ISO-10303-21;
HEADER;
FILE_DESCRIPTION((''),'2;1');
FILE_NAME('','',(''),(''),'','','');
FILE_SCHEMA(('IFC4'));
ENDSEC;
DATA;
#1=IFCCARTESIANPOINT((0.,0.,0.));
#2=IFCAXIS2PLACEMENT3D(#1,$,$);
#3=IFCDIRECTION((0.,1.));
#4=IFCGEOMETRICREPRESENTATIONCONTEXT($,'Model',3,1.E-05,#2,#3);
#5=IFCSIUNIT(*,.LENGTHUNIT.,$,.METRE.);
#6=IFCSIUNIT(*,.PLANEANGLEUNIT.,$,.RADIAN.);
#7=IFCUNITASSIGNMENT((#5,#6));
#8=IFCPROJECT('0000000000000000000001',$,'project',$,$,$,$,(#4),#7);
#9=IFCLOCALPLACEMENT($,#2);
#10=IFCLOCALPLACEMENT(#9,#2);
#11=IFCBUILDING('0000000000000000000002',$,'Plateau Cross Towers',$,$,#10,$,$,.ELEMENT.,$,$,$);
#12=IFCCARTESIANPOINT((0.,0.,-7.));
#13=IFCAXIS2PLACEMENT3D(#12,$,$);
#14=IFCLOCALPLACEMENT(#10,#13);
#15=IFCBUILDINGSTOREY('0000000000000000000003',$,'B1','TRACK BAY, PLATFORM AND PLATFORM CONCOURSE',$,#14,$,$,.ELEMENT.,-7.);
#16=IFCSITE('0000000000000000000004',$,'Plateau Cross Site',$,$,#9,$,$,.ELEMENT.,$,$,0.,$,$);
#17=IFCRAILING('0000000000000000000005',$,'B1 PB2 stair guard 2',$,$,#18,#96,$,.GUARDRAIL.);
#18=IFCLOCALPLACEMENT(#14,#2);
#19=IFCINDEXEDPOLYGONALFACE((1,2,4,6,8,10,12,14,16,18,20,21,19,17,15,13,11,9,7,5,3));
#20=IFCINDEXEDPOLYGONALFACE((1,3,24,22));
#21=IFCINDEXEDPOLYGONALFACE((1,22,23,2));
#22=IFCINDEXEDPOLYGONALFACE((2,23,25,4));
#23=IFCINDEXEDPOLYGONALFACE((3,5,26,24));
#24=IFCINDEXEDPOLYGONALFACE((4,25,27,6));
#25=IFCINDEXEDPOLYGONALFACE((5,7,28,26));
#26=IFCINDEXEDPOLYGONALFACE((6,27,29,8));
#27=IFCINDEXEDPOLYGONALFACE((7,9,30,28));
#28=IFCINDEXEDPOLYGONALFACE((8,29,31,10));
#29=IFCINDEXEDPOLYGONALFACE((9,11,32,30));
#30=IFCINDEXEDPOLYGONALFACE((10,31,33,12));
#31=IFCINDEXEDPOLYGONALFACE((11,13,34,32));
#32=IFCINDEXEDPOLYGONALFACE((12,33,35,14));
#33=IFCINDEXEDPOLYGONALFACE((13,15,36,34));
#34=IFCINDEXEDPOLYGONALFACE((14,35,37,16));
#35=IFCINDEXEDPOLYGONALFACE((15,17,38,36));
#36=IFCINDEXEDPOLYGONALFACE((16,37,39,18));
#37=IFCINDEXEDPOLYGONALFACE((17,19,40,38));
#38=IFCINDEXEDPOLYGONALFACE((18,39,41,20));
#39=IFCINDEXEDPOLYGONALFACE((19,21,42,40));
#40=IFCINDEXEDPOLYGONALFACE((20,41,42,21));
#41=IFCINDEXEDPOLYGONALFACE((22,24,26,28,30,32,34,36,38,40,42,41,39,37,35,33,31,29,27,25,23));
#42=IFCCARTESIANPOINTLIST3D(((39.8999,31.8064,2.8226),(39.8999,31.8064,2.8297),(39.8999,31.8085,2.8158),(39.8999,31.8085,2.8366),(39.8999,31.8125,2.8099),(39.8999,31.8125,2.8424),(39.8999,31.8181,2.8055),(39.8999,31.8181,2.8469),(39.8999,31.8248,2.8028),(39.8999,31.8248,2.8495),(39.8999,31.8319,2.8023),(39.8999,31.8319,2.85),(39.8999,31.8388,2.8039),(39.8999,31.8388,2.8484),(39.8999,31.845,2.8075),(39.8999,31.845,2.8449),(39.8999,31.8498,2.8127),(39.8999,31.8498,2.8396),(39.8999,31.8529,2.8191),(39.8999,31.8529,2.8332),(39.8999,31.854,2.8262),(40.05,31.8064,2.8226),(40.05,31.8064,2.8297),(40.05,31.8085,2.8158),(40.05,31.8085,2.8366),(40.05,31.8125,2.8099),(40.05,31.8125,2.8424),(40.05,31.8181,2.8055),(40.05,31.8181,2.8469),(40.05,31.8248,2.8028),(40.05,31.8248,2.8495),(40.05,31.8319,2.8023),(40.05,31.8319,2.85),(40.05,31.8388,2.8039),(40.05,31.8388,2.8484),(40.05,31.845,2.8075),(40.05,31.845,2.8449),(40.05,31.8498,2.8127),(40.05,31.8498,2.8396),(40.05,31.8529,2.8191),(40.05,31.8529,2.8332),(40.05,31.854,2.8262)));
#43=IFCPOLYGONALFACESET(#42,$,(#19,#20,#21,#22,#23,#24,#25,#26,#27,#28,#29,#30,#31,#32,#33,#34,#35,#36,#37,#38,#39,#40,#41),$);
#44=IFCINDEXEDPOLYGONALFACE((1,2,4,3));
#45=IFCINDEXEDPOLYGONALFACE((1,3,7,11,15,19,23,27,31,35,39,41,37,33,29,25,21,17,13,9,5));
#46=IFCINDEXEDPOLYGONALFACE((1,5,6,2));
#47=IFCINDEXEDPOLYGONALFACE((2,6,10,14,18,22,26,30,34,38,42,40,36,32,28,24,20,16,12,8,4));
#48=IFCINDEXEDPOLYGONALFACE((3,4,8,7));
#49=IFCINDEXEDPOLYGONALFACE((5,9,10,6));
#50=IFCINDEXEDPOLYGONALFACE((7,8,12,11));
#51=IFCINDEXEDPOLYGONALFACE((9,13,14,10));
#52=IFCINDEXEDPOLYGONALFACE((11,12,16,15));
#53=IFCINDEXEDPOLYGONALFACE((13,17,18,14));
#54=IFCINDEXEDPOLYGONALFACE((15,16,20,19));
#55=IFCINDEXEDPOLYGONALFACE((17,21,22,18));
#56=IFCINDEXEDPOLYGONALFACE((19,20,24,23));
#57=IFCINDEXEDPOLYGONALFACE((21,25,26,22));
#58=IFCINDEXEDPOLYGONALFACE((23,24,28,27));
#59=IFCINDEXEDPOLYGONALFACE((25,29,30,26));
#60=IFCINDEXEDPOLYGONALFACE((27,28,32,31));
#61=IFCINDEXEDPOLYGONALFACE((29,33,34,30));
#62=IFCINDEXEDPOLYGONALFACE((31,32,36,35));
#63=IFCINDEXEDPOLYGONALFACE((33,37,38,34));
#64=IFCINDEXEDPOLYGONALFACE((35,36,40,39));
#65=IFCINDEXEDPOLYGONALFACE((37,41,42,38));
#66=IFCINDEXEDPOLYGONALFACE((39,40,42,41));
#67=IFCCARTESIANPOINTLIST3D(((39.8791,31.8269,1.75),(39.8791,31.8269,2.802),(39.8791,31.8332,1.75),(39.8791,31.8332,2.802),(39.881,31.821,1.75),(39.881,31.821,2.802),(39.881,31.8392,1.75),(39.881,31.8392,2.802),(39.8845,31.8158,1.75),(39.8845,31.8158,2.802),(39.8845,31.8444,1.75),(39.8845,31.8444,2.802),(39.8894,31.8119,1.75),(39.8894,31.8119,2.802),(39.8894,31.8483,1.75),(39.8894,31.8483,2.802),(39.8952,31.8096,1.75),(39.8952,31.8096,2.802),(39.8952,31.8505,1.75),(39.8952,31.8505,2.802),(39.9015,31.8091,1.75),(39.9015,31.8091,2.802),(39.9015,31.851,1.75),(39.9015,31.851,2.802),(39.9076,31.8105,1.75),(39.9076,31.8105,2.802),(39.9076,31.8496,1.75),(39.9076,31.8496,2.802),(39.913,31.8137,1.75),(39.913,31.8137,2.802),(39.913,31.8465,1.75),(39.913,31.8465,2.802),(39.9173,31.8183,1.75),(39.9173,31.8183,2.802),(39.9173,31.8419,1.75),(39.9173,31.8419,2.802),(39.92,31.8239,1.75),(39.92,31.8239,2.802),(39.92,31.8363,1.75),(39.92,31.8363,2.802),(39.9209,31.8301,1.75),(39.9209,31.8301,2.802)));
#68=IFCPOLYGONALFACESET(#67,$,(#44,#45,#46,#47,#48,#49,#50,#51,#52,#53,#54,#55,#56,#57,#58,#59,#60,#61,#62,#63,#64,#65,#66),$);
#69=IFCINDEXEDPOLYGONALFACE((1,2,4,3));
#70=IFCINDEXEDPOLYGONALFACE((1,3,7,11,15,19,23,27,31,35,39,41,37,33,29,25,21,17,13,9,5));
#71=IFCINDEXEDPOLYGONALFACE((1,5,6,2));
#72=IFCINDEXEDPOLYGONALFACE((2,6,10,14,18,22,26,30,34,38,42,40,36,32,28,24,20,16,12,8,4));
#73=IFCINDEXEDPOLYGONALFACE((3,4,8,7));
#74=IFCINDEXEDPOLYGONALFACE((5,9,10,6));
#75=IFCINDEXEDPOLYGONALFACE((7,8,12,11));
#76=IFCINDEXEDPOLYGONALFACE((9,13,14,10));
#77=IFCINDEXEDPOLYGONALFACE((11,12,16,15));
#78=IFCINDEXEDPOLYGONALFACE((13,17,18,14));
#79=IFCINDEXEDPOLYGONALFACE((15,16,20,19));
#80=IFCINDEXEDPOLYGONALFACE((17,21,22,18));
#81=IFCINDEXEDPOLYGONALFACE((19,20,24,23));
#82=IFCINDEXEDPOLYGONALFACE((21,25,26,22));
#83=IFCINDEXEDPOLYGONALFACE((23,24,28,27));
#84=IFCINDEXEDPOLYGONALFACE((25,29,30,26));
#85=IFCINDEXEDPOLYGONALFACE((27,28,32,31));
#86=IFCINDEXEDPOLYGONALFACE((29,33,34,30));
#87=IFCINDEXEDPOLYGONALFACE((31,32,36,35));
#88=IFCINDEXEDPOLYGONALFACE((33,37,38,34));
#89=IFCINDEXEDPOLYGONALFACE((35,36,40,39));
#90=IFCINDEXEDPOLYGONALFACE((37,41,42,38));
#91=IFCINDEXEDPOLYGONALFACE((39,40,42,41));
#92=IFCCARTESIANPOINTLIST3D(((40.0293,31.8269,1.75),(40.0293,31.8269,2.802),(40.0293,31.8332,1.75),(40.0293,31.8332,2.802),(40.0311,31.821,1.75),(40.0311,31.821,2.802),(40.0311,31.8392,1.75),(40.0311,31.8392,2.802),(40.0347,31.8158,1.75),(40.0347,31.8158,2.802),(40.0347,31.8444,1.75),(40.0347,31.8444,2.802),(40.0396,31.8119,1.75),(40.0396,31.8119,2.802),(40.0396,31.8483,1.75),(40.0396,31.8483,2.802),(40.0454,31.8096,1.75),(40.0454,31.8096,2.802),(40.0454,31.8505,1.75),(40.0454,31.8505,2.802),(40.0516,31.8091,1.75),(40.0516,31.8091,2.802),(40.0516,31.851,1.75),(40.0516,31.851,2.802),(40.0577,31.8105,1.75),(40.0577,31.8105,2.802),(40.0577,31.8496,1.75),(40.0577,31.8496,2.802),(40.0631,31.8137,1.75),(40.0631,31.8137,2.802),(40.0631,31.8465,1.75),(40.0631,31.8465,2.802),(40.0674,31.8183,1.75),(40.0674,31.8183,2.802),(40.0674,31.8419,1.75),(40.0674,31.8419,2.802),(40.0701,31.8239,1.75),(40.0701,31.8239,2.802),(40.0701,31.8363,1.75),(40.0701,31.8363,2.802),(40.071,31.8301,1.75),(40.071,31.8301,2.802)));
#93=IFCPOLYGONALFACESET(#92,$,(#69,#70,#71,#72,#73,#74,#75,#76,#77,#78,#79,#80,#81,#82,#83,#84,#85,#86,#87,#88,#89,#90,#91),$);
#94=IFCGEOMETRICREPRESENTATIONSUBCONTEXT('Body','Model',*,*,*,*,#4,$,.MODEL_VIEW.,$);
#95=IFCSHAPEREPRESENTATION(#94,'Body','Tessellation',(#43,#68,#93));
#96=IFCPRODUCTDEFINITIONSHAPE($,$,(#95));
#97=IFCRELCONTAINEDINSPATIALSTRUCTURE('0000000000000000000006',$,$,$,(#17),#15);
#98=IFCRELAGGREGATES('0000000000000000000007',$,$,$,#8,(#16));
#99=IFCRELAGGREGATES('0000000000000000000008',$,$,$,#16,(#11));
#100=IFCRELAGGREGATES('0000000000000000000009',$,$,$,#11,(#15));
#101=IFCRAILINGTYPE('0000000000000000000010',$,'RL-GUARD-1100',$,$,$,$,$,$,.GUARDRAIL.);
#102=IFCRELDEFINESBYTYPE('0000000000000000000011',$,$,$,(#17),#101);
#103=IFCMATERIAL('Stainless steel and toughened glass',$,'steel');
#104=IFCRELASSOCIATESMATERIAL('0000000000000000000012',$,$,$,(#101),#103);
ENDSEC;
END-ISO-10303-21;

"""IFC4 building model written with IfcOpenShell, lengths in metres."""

from ifc_helpers import new_model, si_unit, direction, frame, origin, origin_2d, place, context, subcontext, project, spatial, circle, extrude, material, type_object, element, save


model = new_model("IFC4")

# Units and contexts
model_context = context("Model", 3, precision=1e-05, world=origin(), true_north=direction((0.0, 1.0)))
body_context = subcontext(model_context, "Body", "Model", "MODEL_VIEW")
ifc_project = project(units=[si_unit("LENGTHUNIT", "METRE"), si_unit("PLANEANGLEUNIT", "RADIAN")], contexts=[model_context])

# Site, building, storey
site_placement = place(None, origin())
site = spatial("IfcSite", under=ifc_project, at=site_placement, Name="Plateau Cross Site", CompositionType="ELEMENT", RefElevation=0.0)
building_placement = place(site_placement, origin())
building = spatial("IfcBuilding", under=site, at=building_placement, Name="Plateau Cross Towers", CompositionType="ELEMENT")
storey_placement = place(building_placement, frame((0.0, 0.0, -7.0)))
storey = spatial("IfcBuildingStorey", under=building, at=storey_placement, Name="B1", Description="TRACK BAY, PLATFORM AND PLATFORM CONCOURSE", CompositionType="ELEMENT", Elevation=-7.0)

# Railing
ifc_material_1 = material(Name="Stainless steel and toughened glass", Category="steel")
railing_type_1 = type_object("IfcRailingType", Name="RL-GUARD-1100", PredefinedType="GUARDRAIL", material=ifc_material_1)
railing_1_placement = place(storey_placement, frame((39.8999, 31.8301, 1.75)))
element("IfcRailing", 1, at=railing_1_placement, inside=storey, type_object=railing_type_1, Name="B1 PB2 stair guard 2", PredefinedType="GUARDRAIL", context=body_context, shape_type="SweptSolid", body=[
    extrude(circle(Radius=0.0239, at=origin_2d()), frame((0.0, 0.0, 1.0762), z_axis=(1.0, 0.0, 0.0), x_axis=(0.0, 1.0, 0.0)), (0.0, 0.0, 1.0), 0.1501),
    extrude(circle(Radius=0.021, at=origin_2d()), origin(), (0.0, 0.0, 1.0), 1.052),
    extrude(circle(Radius=0.021, at=origin_2d()), frame((0.1501, 0.0, 0.0)), (0.0, 0.0, 1.0), 1.052),
])

save(model, "model.ifc")
